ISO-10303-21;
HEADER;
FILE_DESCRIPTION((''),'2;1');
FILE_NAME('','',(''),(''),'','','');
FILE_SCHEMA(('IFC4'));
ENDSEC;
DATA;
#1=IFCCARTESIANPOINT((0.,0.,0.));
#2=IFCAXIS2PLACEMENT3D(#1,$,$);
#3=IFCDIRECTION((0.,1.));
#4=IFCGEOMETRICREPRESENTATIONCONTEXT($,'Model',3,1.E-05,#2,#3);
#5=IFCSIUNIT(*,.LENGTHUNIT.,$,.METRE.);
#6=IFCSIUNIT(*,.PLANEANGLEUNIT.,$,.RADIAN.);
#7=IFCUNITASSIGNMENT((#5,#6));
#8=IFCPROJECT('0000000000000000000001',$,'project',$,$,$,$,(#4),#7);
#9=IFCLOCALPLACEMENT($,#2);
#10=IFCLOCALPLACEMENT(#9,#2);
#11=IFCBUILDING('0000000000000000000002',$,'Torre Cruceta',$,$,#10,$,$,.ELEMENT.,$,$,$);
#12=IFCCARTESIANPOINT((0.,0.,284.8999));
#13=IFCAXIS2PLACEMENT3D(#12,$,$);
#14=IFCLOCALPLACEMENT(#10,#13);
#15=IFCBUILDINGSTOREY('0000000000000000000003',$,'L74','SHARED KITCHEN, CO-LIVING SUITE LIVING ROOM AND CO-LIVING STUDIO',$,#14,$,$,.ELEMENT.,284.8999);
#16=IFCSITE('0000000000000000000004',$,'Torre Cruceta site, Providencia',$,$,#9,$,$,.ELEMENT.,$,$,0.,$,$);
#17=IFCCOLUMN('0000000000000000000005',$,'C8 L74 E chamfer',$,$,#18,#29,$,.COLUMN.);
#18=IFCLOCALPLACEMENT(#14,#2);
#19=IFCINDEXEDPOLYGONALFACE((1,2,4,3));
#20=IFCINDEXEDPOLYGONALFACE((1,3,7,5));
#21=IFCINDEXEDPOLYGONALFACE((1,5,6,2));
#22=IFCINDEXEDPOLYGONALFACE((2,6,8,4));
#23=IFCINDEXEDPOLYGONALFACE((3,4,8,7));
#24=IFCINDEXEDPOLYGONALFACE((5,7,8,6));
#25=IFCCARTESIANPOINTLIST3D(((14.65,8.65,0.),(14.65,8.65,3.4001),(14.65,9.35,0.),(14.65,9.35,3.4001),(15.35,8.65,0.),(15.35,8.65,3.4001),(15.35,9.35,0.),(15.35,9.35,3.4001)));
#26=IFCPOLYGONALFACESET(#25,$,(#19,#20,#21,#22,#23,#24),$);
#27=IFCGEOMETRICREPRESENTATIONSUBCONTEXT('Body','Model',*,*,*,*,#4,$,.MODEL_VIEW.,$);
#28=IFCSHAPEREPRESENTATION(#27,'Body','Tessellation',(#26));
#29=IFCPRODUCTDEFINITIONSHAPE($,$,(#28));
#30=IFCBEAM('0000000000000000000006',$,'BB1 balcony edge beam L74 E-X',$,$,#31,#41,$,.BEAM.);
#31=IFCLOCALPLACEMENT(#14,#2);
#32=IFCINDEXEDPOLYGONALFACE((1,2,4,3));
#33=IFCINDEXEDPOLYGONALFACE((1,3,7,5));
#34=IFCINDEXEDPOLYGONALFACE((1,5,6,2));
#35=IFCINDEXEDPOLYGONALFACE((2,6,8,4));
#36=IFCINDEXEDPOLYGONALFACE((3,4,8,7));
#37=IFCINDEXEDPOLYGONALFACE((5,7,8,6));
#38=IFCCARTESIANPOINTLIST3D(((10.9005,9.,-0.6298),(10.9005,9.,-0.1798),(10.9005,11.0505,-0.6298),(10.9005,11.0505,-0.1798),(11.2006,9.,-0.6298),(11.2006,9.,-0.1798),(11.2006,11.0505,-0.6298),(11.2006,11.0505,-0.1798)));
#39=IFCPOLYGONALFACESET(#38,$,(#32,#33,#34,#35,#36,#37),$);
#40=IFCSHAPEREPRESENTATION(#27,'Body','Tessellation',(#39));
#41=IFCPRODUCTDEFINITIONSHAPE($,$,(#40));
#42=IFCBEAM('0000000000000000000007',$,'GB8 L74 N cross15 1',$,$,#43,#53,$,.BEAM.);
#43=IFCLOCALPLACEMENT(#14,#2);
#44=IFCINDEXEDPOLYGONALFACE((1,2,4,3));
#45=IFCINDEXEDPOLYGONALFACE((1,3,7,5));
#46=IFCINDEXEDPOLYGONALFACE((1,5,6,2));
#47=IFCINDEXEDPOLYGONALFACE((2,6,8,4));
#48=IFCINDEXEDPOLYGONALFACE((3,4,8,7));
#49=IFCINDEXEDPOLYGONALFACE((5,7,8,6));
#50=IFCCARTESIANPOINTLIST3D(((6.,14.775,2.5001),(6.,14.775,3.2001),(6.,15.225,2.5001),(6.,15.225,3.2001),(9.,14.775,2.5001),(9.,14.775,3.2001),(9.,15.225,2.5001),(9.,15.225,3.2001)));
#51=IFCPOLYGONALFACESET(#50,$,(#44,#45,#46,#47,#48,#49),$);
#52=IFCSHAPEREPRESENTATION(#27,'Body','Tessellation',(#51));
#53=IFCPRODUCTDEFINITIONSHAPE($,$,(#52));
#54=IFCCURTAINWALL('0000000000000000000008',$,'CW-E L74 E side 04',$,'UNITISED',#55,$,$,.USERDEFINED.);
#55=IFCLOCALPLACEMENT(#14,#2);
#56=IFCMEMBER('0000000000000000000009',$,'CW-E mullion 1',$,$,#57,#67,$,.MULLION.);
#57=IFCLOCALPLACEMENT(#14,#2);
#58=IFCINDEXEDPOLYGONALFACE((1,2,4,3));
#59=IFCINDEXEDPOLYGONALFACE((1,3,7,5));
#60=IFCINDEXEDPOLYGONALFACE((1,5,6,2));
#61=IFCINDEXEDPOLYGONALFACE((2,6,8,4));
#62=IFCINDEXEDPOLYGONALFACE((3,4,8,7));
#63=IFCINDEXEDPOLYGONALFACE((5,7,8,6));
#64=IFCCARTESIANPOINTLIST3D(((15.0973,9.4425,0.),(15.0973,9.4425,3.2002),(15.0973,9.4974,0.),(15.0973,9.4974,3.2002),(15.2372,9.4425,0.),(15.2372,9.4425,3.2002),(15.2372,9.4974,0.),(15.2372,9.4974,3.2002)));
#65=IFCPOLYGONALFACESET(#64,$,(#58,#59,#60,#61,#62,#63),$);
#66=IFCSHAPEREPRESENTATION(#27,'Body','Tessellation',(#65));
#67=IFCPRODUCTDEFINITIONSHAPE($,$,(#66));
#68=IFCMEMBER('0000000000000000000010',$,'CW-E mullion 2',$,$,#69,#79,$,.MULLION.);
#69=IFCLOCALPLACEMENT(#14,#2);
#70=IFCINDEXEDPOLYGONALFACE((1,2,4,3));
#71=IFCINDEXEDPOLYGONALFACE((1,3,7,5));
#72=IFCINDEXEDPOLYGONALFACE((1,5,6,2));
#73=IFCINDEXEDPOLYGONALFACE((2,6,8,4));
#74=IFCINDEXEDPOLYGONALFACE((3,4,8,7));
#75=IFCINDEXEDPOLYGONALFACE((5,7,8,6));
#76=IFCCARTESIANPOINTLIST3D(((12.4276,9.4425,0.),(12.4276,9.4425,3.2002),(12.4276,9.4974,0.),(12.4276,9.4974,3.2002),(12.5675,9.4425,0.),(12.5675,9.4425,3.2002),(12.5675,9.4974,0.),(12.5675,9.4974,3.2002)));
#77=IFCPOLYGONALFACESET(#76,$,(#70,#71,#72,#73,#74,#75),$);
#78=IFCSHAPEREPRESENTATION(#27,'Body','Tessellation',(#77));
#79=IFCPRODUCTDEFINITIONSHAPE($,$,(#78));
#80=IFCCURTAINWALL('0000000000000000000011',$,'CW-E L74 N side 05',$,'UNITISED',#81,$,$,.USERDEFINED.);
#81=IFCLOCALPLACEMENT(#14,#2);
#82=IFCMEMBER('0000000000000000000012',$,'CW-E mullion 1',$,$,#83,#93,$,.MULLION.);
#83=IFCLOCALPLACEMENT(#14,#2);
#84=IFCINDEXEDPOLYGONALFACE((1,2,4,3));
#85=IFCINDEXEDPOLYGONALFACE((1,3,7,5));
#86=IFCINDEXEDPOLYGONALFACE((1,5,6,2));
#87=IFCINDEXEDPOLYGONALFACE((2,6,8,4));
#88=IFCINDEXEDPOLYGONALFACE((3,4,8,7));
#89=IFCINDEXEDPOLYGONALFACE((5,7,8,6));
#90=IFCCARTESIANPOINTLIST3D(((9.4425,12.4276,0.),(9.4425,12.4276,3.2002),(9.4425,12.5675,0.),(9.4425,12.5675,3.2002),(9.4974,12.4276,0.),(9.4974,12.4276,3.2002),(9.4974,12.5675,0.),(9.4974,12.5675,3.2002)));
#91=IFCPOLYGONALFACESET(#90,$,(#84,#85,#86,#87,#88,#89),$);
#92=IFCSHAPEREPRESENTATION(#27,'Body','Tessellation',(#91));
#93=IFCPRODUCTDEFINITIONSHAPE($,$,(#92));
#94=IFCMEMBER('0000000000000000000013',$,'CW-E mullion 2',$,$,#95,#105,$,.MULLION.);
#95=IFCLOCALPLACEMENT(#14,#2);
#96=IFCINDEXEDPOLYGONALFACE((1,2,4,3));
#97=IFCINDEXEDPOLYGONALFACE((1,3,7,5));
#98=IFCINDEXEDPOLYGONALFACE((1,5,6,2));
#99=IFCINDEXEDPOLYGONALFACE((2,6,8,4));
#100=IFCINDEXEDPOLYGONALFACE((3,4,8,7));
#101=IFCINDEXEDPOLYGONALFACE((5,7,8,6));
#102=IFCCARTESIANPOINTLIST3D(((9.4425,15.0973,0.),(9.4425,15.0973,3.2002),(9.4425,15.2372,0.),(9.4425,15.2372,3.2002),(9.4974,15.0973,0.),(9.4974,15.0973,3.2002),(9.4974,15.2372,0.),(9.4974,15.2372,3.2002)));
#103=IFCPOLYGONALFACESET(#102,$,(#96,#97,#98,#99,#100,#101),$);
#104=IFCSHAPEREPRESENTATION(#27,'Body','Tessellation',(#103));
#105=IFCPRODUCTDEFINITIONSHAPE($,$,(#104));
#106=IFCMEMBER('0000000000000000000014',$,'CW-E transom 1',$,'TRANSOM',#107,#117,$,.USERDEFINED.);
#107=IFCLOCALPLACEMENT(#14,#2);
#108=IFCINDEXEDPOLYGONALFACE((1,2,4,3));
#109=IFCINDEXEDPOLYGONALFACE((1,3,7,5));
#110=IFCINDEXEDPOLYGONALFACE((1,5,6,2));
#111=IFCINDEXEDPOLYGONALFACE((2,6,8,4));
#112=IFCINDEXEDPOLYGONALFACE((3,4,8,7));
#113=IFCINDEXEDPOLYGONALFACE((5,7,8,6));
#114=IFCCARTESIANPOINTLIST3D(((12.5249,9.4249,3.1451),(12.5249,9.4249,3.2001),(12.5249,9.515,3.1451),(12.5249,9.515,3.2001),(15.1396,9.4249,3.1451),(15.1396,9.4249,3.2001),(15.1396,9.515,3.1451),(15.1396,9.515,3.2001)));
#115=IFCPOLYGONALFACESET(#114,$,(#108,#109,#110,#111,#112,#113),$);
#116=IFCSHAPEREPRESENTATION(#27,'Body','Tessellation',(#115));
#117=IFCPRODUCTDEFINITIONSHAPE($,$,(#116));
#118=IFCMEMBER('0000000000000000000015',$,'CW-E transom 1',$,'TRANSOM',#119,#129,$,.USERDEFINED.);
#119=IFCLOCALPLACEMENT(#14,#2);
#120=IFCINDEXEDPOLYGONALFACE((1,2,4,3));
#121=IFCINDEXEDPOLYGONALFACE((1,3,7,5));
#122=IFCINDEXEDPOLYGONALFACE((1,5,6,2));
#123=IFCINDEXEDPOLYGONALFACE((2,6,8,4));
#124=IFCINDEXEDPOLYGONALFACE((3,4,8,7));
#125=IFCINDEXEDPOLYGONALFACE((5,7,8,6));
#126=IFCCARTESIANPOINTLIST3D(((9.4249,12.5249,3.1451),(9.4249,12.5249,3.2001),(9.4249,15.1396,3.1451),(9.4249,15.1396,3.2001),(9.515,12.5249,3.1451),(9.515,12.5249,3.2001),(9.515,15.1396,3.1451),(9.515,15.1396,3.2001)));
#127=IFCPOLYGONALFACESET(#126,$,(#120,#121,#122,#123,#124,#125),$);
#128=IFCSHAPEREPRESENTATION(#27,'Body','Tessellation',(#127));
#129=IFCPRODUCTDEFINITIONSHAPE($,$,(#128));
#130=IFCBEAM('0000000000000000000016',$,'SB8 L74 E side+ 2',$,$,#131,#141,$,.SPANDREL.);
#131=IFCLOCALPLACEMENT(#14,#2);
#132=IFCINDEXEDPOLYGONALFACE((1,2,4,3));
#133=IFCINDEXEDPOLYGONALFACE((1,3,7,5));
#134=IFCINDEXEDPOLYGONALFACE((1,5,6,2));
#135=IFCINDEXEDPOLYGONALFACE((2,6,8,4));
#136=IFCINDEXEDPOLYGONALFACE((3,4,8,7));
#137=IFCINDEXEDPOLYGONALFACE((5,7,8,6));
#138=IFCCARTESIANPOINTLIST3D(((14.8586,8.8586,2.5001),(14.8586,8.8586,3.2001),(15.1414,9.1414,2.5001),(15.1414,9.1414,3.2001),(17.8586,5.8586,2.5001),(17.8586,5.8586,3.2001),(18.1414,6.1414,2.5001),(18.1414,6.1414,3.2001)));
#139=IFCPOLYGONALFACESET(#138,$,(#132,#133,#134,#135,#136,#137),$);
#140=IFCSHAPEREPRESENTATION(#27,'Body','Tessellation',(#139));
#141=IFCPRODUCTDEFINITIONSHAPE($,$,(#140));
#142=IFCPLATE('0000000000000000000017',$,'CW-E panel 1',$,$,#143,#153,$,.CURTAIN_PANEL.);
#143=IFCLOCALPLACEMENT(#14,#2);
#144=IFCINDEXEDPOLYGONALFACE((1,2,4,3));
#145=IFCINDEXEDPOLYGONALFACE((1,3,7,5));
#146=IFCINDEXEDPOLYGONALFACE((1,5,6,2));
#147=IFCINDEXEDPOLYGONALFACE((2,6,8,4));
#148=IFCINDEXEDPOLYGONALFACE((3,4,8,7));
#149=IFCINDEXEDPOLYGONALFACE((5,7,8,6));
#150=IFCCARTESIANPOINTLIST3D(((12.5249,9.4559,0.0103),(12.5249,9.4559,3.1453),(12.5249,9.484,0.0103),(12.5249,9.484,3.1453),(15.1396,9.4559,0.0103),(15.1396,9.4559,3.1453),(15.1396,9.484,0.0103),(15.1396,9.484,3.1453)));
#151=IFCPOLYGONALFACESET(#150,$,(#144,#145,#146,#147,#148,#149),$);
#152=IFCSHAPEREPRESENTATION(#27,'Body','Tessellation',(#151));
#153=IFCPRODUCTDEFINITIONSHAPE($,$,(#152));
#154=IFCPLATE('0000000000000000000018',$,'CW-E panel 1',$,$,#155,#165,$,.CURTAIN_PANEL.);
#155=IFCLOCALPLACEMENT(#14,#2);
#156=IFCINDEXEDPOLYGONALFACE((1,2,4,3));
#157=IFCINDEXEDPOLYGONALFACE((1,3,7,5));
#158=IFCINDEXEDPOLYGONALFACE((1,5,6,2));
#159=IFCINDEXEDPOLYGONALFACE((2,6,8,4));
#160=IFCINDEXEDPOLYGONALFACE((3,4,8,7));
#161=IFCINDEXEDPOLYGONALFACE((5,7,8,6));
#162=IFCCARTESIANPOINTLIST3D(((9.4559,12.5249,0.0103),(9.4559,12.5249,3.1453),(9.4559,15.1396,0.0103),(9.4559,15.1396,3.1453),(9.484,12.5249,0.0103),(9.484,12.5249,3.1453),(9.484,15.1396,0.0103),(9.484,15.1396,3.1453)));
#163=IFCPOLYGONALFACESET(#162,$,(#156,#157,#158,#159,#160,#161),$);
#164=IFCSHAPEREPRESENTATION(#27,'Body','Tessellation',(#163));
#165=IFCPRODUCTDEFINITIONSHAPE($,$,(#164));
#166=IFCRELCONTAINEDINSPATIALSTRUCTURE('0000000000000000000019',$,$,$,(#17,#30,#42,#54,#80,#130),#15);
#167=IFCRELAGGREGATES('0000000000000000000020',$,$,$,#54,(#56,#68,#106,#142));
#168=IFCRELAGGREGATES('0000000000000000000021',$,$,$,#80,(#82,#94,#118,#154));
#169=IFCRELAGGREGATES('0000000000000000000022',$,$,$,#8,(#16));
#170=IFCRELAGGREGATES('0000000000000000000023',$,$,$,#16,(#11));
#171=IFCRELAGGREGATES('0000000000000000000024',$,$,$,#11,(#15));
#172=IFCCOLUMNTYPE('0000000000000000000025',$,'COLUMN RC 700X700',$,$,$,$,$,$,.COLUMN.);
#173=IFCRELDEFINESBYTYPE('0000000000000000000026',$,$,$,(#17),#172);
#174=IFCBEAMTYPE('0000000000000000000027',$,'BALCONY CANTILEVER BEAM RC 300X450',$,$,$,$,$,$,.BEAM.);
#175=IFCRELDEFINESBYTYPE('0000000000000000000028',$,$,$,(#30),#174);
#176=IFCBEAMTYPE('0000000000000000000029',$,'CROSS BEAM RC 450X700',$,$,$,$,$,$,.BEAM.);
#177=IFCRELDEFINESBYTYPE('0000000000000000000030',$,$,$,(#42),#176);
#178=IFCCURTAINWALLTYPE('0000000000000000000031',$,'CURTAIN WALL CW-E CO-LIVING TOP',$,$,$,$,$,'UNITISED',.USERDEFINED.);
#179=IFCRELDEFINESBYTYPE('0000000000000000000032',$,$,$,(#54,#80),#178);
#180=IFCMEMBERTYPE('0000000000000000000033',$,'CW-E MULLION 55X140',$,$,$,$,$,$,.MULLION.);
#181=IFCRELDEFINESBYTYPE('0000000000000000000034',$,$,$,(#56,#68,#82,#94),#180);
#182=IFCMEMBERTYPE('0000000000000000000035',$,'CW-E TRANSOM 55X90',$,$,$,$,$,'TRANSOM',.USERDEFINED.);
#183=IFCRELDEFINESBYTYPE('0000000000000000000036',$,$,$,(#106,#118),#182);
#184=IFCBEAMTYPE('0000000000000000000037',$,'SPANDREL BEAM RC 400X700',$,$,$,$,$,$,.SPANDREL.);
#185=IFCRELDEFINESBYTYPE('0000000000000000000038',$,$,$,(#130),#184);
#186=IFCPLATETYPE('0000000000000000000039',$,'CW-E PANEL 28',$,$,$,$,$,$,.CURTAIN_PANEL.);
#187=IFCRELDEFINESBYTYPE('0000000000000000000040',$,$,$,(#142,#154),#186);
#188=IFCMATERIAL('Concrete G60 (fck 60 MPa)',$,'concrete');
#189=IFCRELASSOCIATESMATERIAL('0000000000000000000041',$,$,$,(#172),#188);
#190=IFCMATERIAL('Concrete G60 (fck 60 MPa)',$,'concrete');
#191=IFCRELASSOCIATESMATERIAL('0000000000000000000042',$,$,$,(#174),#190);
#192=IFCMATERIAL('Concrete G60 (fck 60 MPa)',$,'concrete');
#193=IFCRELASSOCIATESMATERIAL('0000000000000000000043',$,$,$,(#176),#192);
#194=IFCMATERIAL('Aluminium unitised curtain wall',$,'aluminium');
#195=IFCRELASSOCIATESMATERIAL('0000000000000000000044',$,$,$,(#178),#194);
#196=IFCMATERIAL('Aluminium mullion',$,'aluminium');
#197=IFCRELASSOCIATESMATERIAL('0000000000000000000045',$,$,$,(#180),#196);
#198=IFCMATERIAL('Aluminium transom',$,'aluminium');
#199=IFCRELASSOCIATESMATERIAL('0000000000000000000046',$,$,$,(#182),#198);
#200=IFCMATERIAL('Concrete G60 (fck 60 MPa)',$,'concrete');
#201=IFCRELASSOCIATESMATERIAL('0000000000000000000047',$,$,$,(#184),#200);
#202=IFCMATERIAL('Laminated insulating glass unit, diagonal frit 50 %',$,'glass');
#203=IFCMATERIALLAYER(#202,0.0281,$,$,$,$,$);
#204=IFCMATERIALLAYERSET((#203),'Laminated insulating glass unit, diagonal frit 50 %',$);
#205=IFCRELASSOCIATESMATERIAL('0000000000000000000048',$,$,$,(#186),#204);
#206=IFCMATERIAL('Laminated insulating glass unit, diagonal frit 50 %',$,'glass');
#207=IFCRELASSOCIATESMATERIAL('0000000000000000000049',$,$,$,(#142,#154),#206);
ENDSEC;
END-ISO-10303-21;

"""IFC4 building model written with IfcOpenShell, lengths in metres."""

from ifc_helpers import new_model, si_unit, direction, frame, origin, origin_2d, place, context, subcontext, project, spatial, rectangle, extrude, material, layer, layer_set, material_profile, profile_set, type_object, element, aggregate, save


model = new_model("IFC4")

# Units and contexts
model_context = context("Model", 3, precision=1e-05, world=origin(), true_north=direction((0.0, 1.0)))
body_context = subcontext(model_context, "Body", "Model", "MODEL_VIEW")
ifc_project = project(units=[si_unit("LENGTHUNIT", "METRE"), si_unit("PLANEANGLEUNIT", "RADIAN")], contexts=[model_context])

# Site, building, storey
site_placement = place(None, origin())
site = spatial("IfcSite", under=ifc_project, at=site_placement, Name="Torre Cruceta site, Providencia", CompositionType="ELEMENT", RefElevation=0.0)
building_placement = place(site_placement, origin())
building = spatial("IfcBuilding", under=site, at=building_placement, Name="Torre Cruceta", CompositionType="ELEMENT")
storey_placement = place(building_placement, frame((0.0, 0.0, 284.8999)))
storey = spatial("IfcBuildingStorey", under=building, at=storey_placement, Name="L74", Description="SHARED KITCHEN, CO-LIVING SUITE LIVING ROOM AND CO-LIVING STUDIO", CompositionType="ELEMENT", Elevation=284.8999)

# Column
ifc_material_1 = material(Name="Concrete G60 (fck 60 MPa)", Category="concrete")
ifc_material_profile_1 = material_profile(ifc_material_1, rectangle(XDim=0.7, YDim=0.7, at=origin_2d()), Name="RC 700X700")
ifc_profile_set_1 = profile_set([ifc_material_profile_1], Name="Concrete G60 (fck 60 MPa)")
column_type = type_object("IfcColumnType", Name="COLUMN RC 700X700", PredefinedType="COLUMN", material=ifc_profile_set_1)
column_placement = place(storey_placement, frame((15.0, 9.0, 0.0), z_axis=(0.0, 0.0, 1.0), x_axis=(1.0, 0.0, 0.0)))
element("IfcColumn", 1, at=column_placement, inside=storey, type_object=column_type, Name="C8 L74 E chamfer", PredefinedType="COLUMN", context=body_context, shape_type="SweptSolid", body=[
    extrude(rectangle(XDim=0.7, YDim=0.7, at=origin_2d()), origin(), (0.0, 0.0, 1.0), 3.4001),
])

# Beams
ifc_material_2 = material(Name="Concrete G60 (fck 60 MPa)", Category="concrete")
ifc_material_profile_2 = material_profile(ifc_material_2, rectangle(XDim=0.3, YDim=0.45, at=origin_2d()), Name="RC 300X450")
ifc_profile_set_2 = profile_set([ifc_material_profile_2], Name="Concrete G60 (fck 60 MPa)")
beam_type_1 = type_object("IfcBeamType", Name="BALCONY CANTILEVER BEAM RC 300X450", PredefinedType="BEAM", material=ifc_profile_set_2)
beam_1_placement = place(storey_placement, frame((11.0505, 9.0, -0.4048), z_axis=(0.0, 1.0, 0.0), x_axis=(-1.0, 0.0, 0.0)))
element("IfcBeam", 2, at=beam_1_placement, inside=storey, type_object=beam_type_1, Name="BB1 balcony edge beam L74 E-X", PredefinedType="BEAM", context=body_context, shape_type="SweptSolid", body=[
    extrude(rectangle(XDim=0.3, YDim=0.45, at=origin_2d()), origin(), (0.0, 0.0, 1.0), 2.0505),
])
ifc_material_3 = material(Name="Concrete G60 (fck 60 MPa)", Category="concrete")
ifc_material_profile_3 = material_profile(ifc_material_3, rectangle(XDim=0.45, YDim=0.7, at=origin_2d()), Name="RC 450X700")
ifc_profile_set_3 = profile_set([ifc_material_profile_3], Name="Concrete G60 (fck 60 MPa)")
beam_type_2 = type_object("IfcBeamType", Name="CROSS BEAM RC 450X700", PredefinedType="BEAM", material=ifc_profile_set_3)
beam_2_placement = place(storey_placement, frame((9.0, 15.0, 2.8501), z_axis=(-1.0, 0.0, 0.0), x_axis=(0.0, -1.0, 0.0)))
element("IfcBeam", 3, at=beam_2_placement, inside=storey, type_object=beam_type_2, Name="GB8 L74 N cross15 1", PredefinedType="BEAM", context=body_context, shape_type="SweptSolid", body=[
    extrude(rectangle(XDim=0.45, YDim=0.7, at=origin_2d()), origin(), (0.0, 0.0, 1.0), 3.0),
])

# Curtain walls, members
ifc_material_4 = material(Name="Aluminium unitised curtain wall", Category="aluminium")
curtain_wall_type = type_object("IfcCurtainWallType", Name="CURTAIN WALL CW-E CO-LIVING TOP", ElementType="UNITISED", PredefinedType="USERDEFINED", material=ifc_material_4)
curtain_wall_1_placement = place(storey_placement, origin())
curtain_wall_1 = element("IfcCurtainWall", 4, at=curtain_wall_1_placement, inside=storey, type_object=curtain_wall_type, Name="CW-E L74 E side 04", ObjectType="UNITISED", PredefinedType="USERDEFINED")
ifc_material_5 = material(Name="Aluminium mullion", Category="aluminium")
ifc_material_profile_4 = material_profile(ifc_material_5, rectangle(XDim=0.0549, YDim=0.1399, at=origin_2d()), Name="AL 55X140")
ifc_profile_set_4 = profile_set([ifc_material_profile_4], Name="Aluminium mullion")
member_type_1 = type_object("IfcMemberType", Name="CW-E MULLION 55X140", PredefinedType="MULLION", material=ifc_profile_set_4)
member_1_placement = place(storey_placement, frame((15.1672, 9.47, 0.0), z_axis=(0.0, 0.0, 1.0), x_axis=(0.0, -1.0, 0.0)))
member_1 = element("IfcMember", 5, at=member_1_placement, type_object=member_type_1, Name="CW-E mullion 1", PredefinedType="MULLION", context=body_context, shape_type="SweptSolid", body=[
    extrude(rectangle(XDim=0.0549, YDim=0.1399, at=origin_2d()), origin(), (0.0, 0.0, 1.0), 3.2002),
])
member_2_placement = place(storey_placement, frame((12.4976, 9.47, 0.0), z_axis=(0.0, 0.0, 1.0), x_axis=(0.0, -1.0, 0.0)))
member_2 = element("IfcMember", 6, at=member_2_placement, type_object=member_type_1, Name="CW-E mullion 2", PredefinedType="MULLION", context=body_context, shape_type="SweptSolid", body=[
    extrude(rectangle(XDim=0.0549, YDim=0.1399, at=origin_2d()), origin(), (0.0, 0.0, 1.0), 3.2002),
])
curtain_wall_2_placement = place(storey_placement, origin())
curtain_wall_2 = element("IfcCurtainWall", 7, at=curtain_wall_2_placement, inside=storey, type_object=curtain_wall_type, Name="CW-E L74 N side 05", ObjectType="UNITISED", PredefinedType="USERDEFINED")
member_3_placement = place(storey_placement, frame((9.47, 12.4976, 0.0), z_axis=(0.0, 0.0, 1.0), x_axis=(-1.0, 0.0, 0.0)))
member_3 = element("IfcMember", 8, at=member_3_placement, type_object=member_type_1, Name="CW-E mullion 1", PredefinedType="MULLION", context=body_context, shape_type="SweptSolid", body=[
    extrude(rectangle(XDim=0.0549, YDim=0.1399, at=origin_2d()), origin(), (0.0, 0.0, 1.0), 3.2002),
])
member_4_placement = place(storey_placement, frame((9.47, 15.1672, 0.0), z_axis=(0.0, 0.0, 1.0), x_axis=(-1.0, 0.0, 0.0)))
member_4 = element("IfcMember", 9, at=member_4_placement, type_object=member_type_1, Name="CW-E mullion 2", PredefinedType="MULLION", context=body_context, shape_type="SweptSolid", body=[
    extrude(rectangle(XDim=0.0549, YDim=0.1399, at=origin_2d()), origin(), (0.0, 0.0, 1.0), 3.2002),
])

# Members
ifc_material_6 = material(Name="Aluminium transom", Category="aluminium")
ifc_material_profile_5 = material_profile(ifc_material_6, rectangle(XDim=0.0901, YDim=0.0549, at=origin_2d()), Name="AL 90X55")
ifc_profile_set_5 = profile_set([ifc_material_profile_5], Name="Aluminium transom")
member_type_2 = type_object("IfcMemberType", Name="CW-E TRANSOM 55X90", ElementType="TRANSOM", PredefinedType="USERDEFINED", material=ifc_profile_set_5)
member_5_placement = place(storey_placement, frame((15.1396, 9.47, 3.1726), z_axis=(-1.0, 0.0, 0.0), x_axis=(0.0, -1.0, 0.0)))
member_5 = element("IfcMember", 10, at=member_5_placement, type_object=member_type_2, Name="CW-E transom 1", ObjectType="TRANSOM", PredefinedType="USERDEFINED", context=body_context, shape_type="SweptSolid", body=[
    extrude(rectangle(XDim=0.0901, YDim=0.0549, at=origin_2d()), origin(), (0.0, 0.0, 1.0), 2.6147),
])
member_6_placement = place(storey_placement, frame((9.47, 12.5249, 3.1726), z_axis=(0.0, 1.0, 0.0), x_axis=(-1.0, 0.0, 0.0)))
member_6 = element("IfcMember", 11, at=member_6_placement, type_object=member_type_2, Name="CW-E transom 1", ObjectType="TRANSOM", PredefinedType="USERDEFINED", context=body_context, shape_type="SweptSolid", body=[
    extrude(rectangle(XDim=0.0901, YDim=0.0549, at=origin_2d()), origin(), (0.0, 0.0, 1.0), 2.6147),
])

# Beam
ifc_material_7 = material(Name="Concrete G60 (fck 60 MPa)", Category="concrete")
ifc_material_profile_6 = material_profile(ifc_material_7, rectangle(XDim=0.3999, YDim=0.7, at=origin_2d()), Name="RC 400X700")
ifc_profile_set_6 = profile_set([ifc_material_profile_6], Name="Concrete G60 (fck 60 MPa)")
beam_type_3 = type_object("IfcBeamType", Name="SPANDREL BEAM RC 400X700", PredefinedType="SPANDREL", material=ifc_profile_set_6)
beam_3_placement = place(storey_placement, frame((15.0, 9.0, 2.8501), z_axis=(0.707107, -0.707107, 0.0), x_axis=(0.707107, 0.707107, 0.0)))
element("IfcBeam", 12, at=beam_3_placement, inside=storey, type_object=beam_type_3, Name="SB8 L74 E side+ 2", PredefinedType="SPANDREL", context=body_context, shape_type="SweptSolid", body=[
    extrude(rectangle(XDim=0.3999, YDim=0.7, at=origin_2d()), origin(), (0.0, 0.0, 1.0), 4.2427),
])

# Plates
ifc_material_8 = material(Name="Laminated insulating glass unit, diagonal frit 50 %", Category="glass")
ifc_material_9 = material(Name="Laminated insulating glass unit, diagonal frit 50 %", Category="glass")
ifc_layer_1 = layer(ifc_material_9, 0.0281)
ifc_layer_set_1 = layer_set([ifc_layer_1], Name="Laminated insulating glass unit, diagonal frit 50 %")
plate_type = type_object("IfcPlateType", Name="CW-E PANEL 28", PredefinedType="CURTAIN_PANEL", material=ifc_layer_set_1)
plate_1_placement = place(storey_placement, frame((13.8323, 9.47, 0.0103), z_axis=(0.0, 0.0, 1.0), x_axis=(-1.0, 0.0, 0.0)))
plate_1 = element("IfcPlate", 13, at=plate_1_placement, type_object=plate_type, material=ifc_material_8, Name="CW-E panel 1", PredefinedType="CURTAIN_PANEL", context=body_context, shape_type="SweptSolid", body=[
    extrude(rectangle(XDim=2.6147, YDim=0.0281, at=origin_2d()), origin(), (0.0, 0.0, 1.0), 3.135),
])
aggregate(curtain_wall_1, [member_1, member_2, member_5, plate_1])
plate_2_placement = place(storey_placement, frame((9.47, 13.8323, 0.0103), z_axis=(0.0, 0.0, 1.0), x_axis=(0.0, 1.0, 0.0)))
plate_2 = element("IfcPlate", 14, at=plate_2_placement, type_object=plate_type, material=ifc_material_8, Name="CW-E panel 1", PredefinedType="CURTAIN_PANEL", context=body_context, shape_type="SweptSolid", body=[
    extrude(rectangle(XDim=2.6147, YDim=0.0281, at=origin_2d()), origin(), (0.0, 0.0, 1.0), 3.135),
])
aggregate(curtain_wall_2, [member_3, member_4, member_6, plate_2])

save(model, "model.ifc")
